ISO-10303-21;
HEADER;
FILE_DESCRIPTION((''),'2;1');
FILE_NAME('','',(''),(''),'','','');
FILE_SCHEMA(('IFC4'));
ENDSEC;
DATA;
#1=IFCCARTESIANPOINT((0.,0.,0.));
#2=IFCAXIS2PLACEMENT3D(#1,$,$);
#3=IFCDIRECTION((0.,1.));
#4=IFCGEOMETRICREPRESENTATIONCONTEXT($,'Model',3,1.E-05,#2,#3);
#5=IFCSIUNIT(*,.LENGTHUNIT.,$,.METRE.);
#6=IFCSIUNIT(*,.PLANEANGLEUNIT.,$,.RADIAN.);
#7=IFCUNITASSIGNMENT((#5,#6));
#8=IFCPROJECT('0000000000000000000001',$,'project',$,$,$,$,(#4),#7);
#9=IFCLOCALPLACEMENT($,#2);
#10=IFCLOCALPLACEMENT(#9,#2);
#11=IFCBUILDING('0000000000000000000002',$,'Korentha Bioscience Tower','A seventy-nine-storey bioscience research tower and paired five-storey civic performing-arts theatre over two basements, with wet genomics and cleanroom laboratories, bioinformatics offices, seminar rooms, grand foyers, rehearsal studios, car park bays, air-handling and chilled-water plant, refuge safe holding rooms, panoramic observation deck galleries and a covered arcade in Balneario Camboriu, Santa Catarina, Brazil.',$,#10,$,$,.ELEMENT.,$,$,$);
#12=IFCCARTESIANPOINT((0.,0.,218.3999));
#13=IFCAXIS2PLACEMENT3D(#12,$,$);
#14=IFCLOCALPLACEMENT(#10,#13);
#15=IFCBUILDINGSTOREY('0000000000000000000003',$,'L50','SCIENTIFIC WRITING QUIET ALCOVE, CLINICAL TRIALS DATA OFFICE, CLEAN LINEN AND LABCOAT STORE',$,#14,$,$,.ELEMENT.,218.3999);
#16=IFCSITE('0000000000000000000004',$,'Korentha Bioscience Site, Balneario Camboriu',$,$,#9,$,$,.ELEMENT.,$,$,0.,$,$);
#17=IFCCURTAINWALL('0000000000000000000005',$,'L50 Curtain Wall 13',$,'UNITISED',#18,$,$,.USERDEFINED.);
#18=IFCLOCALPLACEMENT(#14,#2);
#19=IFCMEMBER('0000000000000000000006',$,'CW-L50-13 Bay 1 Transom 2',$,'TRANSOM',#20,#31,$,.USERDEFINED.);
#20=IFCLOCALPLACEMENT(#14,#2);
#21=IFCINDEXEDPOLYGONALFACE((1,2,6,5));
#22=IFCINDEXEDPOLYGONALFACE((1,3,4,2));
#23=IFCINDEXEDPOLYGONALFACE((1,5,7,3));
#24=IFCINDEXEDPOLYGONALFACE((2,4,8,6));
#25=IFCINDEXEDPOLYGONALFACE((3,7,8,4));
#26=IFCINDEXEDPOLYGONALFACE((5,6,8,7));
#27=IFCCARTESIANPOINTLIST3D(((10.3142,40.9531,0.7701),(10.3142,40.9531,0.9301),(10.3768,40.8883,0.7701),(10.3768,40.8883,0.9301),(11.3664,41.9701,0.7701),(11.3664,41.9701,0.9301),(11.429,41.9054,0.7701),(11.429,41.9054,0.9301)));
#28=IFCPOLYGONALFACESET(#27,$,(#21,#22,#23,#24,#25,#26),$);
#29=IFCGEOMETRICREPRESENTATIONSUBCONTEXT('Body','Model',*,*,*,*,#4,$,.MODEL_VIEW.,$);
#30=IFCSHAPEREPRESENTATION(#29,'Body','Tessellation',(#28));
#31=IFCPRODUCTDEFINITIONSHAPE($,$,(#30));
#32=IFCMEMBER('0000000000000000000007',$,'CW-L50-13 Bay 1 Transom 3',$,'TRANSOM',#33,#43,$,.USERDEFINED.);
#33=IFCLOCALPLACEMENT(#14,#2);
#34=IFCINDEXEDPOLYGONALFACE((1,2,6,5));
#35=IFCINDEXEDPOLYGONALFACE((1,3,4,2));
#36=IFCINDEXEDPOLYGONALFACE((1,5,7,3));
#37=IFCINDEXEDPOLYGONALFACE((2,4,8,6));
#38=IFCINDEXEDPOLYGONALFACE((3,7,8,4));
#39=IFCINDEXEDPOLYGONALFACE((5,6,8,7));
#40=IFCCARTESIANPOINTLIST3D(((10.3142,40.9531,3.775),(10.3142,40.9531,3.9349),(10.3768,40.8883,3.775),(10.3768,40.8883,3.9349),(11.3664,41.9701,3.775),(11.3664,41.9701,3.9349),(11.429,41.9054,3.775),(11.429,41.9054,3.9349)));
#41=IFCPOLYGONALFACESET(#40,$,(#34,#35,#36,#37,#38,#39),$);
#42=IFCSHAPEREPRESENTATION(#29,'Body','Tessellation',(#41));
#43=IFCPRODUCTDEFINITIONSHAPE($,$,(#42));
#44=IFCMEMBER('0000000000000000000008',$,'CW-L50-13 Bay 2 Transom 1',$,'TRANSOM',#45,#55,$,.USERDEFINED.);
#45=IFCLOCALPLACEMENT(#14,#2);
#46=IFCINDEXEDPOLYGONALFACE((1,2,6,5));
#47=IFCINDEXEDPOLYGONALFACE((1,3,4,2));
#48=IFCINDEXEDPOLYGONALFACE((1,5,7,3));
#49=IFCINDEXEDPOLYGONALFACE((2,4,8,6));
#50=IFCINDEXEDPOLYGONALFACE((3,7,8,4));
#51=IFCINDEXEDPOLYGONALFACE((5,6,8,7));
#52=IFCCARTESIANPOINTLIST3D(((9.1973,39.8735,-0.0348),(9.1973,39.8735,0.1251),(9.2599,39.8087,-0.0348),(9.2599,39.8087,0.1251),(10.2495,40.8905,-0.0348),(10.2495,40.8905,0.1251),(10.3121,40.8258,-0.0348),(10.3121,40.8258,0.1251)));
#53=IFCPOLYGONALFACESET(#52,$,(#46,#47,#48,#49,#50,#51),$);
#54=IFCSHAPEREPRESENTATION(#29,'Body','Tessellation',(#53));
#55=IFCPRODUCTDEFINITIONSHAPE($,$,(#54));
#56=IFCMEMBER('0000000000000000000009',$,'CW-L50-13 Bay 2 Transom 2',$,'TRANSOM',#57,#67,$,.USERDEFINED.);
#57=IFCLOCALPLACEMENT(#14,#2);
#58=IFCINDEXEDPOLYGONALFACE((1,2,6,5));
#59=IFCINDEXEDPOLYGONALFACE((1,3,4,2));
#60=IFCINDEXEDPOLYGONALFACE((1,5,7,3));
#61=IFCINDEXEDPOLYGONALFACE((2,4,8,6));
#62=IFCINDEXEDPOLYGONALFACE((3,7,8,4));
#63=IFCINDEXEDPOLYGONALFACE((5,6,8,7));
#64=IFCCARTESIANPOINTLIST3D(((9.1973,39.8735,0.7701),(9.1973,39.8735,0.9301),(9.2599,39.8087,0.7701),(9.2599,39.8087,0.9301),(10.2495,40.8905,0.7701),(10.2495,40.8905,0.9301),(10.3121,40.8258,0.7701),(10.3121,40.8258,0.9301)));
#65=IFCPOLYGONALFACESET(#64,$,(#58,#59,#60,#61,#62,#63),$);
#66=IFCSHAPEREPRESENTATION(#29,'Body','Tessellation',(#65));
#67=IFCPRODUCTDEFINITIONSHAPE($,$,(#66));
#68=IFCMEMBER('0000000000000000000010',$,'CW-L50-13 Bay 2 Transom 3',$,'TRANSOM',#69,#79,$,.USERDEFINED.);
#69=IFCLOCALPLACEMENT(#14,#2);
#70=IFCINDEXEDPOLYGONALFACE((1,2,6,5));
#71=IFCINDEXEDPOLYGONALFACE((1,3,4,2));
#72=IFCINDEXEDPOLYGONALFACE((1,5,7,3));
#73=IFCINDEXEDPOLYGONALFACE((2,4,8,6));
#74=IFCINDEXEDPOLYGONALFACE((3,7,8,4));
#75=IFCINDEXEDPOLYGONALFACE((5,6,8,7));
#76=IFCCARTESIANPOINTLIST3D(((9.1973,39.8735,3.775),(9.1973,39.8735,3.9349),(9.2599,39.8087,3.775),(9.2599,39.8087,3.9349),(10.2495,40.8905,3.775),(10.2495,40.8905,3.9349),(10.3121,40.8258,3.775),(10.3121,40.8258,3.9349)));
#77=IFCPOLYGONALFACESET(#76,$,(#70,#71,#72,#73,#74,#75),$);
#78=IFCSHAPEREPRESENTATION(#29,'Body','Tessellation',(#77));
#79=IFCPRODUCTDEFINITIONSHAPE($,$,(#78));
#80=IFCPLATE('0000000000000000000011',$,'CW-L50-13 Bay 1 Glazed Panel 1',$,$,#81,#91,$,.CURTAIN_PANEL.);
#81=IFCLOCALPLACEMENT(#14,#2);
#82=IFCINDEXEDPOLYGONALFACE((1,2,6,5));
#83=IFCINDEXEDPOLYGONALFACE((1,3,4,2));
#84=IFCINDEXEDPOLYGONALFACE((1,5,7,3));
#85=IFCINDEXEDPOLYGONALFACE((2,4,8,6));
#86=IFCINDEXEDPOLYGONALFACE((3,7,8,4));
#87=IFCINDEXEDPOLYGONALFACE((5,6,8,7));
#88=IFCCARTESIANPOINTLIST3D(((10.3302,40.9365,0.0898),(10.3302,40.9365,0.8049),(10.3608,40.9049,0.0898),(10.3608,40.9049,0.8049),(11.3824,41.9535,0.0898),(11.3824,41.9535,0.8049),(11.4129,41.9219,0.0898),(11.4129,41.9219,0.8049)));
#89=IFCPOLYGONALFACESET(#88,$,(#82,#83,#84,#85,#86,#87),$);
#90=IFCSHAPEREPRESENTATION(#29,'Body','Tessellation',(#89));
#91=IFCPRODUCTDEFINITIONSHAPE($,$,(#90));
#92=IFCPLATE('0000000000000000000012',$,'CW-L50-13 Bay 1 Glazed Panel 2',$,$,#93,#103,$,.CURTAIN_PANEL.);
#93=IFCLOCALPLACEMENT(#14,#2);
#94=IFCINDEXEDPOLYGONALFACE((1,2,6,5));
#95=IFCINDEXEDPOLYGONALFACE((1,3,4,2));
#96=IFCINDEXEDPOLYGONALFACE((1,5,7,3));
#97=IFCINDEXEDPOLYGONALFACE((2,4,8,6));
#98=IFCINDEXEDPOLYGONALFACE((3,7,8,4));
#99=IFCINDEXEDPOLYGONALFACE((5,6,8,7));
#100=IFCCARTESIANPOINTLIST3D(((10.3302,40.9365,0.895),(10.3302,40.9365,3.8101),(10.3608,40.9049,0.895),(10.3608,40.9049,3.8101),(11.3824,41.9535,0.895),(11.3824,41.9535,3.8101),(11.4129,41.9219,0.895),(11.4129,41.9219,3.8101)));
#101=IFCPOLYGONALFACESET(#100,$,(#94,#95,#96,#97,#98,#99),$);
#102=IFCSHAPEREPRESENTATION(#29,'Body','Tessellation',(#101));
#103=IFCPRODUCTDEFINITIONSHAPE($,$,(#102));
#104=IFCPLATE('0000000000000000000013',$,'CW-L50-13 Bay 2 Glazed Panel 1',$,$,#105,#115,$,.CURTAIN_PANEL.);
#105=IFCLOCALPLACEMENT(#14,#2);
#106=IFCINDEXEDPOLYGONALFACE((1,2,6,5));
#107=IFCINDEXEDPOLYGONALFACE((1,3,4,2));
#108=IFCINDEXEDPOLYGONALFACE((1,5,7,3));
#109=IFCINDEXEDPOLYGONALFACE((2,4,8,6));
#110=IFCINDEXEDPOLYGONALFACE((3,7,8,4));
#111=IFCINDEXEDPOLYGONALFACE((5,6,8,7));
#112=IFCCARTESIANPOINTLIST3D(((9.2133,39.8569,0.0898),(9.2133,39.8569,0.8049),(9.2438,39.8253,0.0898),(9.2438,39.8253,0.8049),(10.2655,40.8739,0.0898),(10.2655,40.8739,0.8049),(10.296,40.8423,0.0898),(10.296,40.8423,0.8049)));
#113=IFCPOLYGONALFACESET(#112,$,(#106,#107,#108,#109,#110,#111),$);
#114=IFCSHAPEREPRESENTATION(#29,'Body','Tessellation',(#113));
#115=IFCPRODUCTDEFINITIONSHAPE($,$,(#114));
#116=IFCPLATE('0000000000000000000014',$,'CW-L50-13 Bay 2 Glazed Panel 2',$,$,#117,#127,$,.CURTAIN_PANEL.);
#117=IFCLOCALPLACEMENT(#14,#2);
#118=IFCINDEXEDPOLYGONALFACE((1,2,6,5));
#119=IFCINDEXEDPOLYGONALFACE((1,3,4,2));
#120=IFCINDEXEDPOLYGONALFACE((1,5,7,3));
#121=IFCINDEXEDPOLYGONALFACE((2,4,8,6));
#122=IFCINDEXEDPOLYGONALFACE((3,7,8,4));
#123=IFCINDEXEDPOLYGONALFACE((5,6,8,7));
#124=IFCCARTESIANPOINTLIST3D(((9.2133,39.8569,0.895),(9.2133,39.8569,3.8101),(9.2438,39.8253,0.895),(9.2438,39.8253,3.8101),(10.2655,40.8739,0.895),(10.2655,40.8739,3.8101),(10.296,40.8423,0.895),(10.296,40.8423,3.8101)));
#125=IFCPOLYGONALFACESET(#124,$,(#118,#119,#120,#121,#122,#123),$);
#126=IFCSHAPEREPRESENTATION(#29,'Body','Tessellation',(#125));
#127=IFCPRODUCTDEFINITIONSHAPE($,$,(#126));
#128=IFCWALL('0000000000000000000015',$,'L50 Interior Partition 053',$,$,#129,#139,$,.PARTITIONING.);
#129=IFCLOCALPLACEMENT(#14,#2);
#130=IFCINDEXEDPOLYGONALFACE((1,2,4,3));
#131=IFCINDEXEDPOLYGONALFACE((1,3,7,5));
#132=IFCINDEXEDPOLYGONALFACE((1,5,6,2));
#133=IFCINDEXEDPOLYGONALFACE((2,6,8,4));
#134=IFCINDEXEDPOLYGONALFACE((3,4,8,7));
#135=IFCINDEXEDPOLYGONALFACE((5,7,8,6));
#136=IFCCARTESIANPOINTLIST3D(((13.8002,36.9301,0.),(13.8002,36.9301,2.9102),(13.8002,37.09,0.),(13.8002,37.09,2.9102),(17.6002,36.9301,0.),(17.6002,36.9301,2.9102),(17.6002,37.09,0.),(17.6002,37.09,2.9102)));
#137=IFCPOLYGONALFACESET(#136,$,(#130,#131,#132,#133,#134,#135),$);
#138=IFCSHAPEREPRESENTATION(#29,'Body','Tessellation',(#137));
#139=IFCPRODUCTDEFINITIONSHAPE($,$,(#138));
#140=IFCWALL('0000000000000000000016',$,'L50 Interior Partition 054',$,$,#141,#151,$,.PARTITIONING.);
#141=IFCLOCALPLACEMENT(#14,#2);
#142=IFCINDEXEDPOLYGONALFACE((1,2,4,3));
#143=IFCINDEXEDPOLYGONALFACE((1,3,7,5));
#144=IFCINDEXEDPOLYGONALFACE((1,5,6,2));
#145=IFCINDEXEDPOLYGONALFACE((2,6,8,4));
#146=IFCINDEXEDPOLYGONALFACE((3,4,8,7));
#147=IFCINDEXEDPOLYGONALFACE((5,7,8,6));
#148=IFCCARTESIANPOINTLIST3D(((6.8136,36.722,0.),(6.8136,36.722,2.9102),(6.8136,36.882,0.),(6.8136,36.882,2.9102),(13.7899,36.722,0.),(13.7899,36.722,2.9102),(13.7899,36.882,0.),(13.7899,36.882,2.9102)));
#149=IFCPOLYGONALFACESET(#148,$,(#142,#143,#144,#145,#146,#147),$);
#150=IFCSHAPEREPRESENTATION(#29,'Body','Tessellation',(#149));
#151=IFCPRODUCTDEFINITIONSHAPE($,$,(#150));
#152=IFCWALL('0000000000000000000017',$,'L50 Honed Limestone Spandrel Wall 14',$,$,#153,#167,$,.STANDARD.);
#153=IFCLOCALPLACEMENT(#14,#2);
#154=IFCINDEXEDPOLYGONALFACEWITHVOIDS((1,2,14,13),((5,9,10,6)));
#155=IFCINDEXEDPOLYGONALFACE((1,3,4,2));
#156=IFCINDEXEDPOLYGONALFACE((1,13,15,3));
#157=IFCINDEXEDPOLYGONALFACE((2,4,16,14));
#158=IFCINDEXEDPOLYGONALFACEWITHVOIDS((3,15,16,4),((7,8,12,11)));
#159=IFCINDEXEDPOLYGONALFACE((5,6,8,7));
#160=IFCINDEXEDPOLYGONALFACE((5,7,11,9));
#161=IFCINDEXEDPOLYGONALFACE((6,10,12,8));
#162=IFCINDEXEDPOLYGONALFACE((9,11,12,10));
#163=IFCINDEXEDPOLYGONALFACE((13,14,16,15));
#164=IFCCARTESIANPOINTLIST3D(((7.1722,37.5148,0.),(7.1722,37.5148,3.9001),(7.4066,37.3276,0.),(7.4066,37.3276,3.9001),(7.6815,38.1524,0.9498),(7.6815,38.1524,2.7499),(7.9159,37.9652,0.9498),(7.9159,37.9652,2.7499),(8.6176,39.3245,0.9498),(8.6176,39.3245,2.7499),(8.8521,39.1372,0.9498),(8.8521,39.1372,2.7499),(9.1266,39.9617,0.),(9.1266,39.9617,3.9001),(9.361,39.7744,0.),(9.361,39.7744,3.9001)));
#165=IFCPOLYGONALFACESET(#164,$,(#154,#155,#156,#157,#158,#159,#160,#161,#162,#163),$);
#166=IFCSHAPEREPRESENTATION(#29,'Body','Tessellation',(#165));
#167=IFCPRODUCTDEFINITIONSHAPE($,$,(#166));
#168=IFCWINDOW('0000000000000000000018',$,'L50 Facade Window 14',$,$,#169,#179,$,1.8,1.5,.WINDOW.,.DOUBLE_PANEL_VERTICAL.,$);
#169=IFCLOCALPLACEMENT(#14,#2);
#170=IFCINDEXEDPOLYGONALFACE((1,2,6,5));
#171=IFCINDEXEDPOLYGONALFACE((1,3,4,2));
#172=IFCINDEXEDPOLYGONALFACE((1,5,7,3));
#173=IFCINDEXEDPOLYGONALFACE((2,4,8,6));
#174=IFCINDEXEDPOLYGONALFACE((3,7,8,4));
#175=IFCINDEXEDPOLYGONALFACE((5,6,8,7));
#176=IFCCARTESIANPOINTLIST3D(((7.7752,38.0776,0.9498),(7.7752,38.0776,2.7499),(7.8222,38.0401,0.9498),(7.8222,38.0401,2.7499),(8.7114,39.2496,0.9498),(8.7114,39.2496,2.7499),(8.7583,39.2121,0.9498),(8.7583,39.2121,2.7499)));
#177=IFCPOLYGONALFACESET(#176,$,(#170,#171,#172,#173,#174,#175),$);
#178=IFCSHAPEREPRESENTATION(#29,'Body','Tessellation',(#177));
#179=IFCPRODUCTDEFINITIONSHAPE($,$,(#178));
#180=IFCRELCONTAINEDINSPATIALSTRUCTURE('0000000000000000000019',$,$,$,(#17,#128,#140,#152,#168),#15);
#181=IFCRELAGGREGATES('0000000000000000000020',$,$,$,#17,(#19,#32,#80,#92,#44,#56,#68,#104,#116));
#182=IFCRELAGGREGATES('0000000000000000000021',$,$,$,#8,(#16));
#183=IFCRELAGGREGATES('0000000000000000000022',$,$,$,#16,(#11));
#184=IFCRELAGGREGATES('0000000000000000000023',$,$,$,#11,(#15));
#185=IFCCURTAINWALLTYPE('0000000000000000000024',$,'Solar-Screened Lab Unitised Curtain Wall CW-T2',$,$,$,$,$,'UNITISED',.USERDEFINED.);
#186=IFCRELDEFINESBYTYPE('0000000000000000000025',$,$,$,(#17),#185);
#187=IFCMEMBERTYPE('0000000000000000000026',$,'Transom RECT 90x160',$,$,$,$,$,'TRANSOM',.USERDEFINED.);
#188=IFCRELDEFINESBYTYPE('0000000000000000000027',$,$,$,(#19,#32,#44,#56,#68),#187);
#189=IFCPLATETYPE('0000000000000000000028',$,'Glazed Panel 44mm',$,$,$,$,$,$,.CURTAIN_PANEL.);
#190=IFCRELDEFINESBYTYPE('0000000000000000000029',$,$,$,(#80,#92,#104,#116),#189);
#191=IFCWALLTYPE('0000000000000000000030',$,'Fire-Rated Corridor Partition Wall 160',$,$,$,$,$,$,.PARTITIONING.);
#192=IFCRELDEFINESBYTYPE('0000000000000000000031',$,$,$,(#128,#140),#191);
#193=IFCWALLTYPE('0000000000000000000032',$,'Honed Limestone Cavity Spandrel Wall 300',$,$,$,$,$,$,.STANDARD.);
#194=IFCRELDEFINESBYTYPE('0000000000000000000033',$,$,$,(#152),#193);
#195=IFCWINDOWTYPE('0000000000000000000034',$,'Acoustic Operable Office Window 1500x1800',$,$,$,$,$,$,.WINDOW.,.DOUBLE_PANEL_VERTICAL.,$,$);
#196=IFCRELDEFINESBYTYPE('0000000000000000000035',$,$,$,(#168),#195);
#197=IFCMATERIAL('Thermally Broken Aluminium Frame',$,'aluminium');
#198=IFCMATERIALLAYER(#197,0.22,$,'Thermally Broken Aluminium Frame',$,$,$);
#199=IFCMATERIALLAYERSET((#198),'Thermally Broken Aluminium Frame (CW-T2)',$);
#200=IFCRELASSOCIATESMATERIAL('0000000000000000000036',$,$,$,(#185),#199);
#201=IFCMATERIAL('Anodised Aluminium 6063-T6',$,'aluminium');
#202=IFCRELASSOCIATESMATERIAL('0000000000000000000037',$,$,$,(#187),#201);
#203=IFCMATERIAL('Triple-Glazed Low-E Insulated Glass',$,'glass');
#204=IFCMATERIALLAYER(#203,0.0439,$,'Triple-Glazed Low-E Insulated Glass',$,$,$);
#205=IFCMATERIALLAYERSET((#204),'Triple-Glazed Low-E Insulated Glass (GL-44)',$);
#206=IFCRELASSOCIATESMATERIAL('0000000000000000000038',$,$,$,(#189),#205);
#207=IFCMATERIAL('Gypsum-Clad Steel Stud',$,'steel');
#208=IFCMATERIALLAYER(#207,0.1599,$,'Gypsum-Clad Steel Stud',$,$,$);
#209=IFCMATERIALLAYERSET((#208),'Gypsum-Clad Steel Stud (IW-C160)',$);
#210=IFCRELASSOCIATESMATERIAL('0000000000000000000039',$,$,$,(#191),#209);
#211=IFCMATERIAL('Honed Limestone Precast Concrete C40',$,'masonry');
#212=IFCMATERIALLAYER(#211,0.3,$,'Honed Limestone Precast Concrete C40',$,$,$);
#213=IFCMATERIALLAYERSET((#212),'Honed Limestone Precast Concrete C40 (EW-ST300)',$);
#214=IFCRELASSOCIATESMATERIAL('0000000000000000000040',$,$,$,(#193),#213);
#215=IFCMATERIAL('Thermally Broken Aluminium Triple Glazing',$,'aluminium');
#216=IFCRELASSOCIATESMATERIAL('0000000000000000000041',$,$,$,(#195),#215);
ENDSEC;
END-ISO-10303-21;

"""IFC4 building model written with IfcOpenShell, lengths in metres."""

from ifc_helpers import new_model, si_unit, direction, frame, frame_2d, origin, origin_2d, place, context, subcontext, project, spatial, rectangle, extrude, material, layer, layer_set, material_profile, profile_set, type_object, element, fill, aggregate, save


model = new_model("IFC4")

# Units and contexts
model_context = context("Model", 3, precision=1e-05, world=origin(), true_north=direction((0.0, 1.0)))
body_context = subcontext(model_context, "Body", "Model", "MODEL_VIEW")
ifc_project = project(units=[si_unit("LENGTHUNIT", "METRE"), si_unit("PLANEANGLEUNIT", "RADIAN")], contexts=[model_context])

# Site, building, storey
site_placement = place(None, origin())
site = spatial("IfcSite", under=ifc_project, at=site_placement, Name="Korentha Bioscience Site, Balneario Camboriu", CompositionType="ELEMENT", RefElevation=0.0)
building_placement = place(site_placement, origin())
building = spatial("IfcBuilding", under=site, at=building_placement, Name="Korentha Bioscience Tower", Description="A seventy-nine-storey bioscience research tower and paired five-storey civic performing-arts theatre over two basements, with wet genomics and cleanroom laboratories, bioinformatics offices, seminar rooms, grand foyers, rehearsal studios, car park bays, air-handling and chilled-water plant, refuge safe holding rooms, panoramic observation deck galleries and a covered arcade in Balneario Camboriu, Santa Catarina, Brazil.", CompositionType="ELEMENT")
storey_placement = place(building_placement, frame((0.0, 0.0, 218.3999)))
storey = spatial("IfcBuildingStorey", under=building, at=storey_placement, Name="L50", Description="SCIENTIFIC WRITING QUIET ALCOVE, CLINICAL TRIALS DATA OFFICE, CLEAN LINEN AND LABCOAT STORE", CompositionType="ELEMENT", Elevation=218.3999)

# Curtain wall
ifc_material_1 = material(Name="Thermally Broken Aluminium Frame", Category="aluminium")
ifc_layer_1 = layer(ifc_material_1, 0.22, Name="Thermally Broken Aluminium Frame")
ifc_layer_set_1 = layer_set([ifc_layer_1], Name="Thermally Broken Aluminium Frame (CW-T2)")
curtain_wall_type = type_object("IfcCurtainWallType", Name="Solar-Screened Lab Unitised Curtain Wall CW-T2", ElementType="UNITISED", PredefinedType="USERDEFINED", material=ifc_layer_set_1)
curtain_wall_placement = place(storey_placement, origin())
curtain_wall = element("IfcCurtainWall", 1, at=curtain_wall_placement, inside=storey, type_object=curtain_wall_type, Name="L50 Curtain Wall 13", ObjectType="UNITISED", PredefinedType="USERDEFINED")
ifc_material_2 = material(Name="Anodised Aluminium 6063-T6", Category="aluminium")

# Members
ifc_material_profile_1 = material_profile(ifc_material_2, rectangle(XDim=0.0901, YDim=0.1599, at=origin_2d()), Name="Anodised Aluminium 6063-T6")
ifc_profile_set_1 = profile_set([ifc_material_profile_1], Name="Anodised Aluminium 6063-T6 (CW-TRN)")
member_type_1 = type_object("IfcMemberType", Name="Transom RECT 90x160", ElementType="TRANSOM", PredefinedType="USERDEFINED", material=ifc_profile_set_1)
member_1_placement = place(storey_placement, frame((11.3977, 41.9377, 0.8501), z_axis=(-0.719016, -0.694993, 0.0), x_axis=(0.694993, -0.719016, 0.0)))
member_1 = element("IfcMember", 2, at=member_1_placement, type_object=member_type_1, Name="CW-L50-13 Bay 1 Transom 2", ObjectType="TRANSOM", PredefinedType="USERDEFINED", context=body_context, shape_type="SweptSolid", body=[
    extrude(rectangle(XDim=0.0901, YDim=0.1599, at=origin_2d()), origin(), (0.0, 0.0, 1.0), 1.4634),
])
member_2_placement = place(storey_placement, frame((11.3977, 41.9377, 3.855), z_axis=(-0.719016, -0.694993, 0.0), x_axis=(0.694993, -0.719016, 0.0)))
member_2 = element("IfcMember", 3, at=member_2_placement, type_object=member_type_1, Name="CW-L50-13 Bay 1 Transom 3", ObjectType="TRANSOM", PredefinedType="USERDEFINED", context=body_context, shape_type="SweptSolid", body=[
    extrude(rectangle(XDim=0.0901, YDim=0.1599, at=origin_2d()), origin(), (0.0, 0.0, 1.0), 1.4634),
])
member_3_placement = place(storey_placement, frame((10.2808, 40.8582, 0.0452), z_axis=(-0.719016, -0.694993, 0.0), x_axis=(0.694993, -0.719016, 0.0)))
member_3 = element("IfcMember", 4, at=member_3_placement, type_object=member_type_1, Name="CW-L50-13 Bay 2 Transom 1", ObjectType="TRANSOM", PredefinedType="USERDEFINED", context=body_context, shape_type="SweptSolid", body=[
    extrude(rectangle(XDim=0.0901, YDim=0.1599, at=origin_2d()), origin(), (0.0, 0.0, 1.0), 1.4634),
])
member_4_placement = place(storey_placement, frame((10.2808, 40.8582, 0.8501), z_axis=(-0.719016, -0.694993, 0.0), x_axis=(0.694993, -0.719016, 0.0)))
member_4 = element("IfcMember", 5, at=member_4_placement, type_object=member_type_1, Name="CW-L50-13 Bay 2 Transom 2", ObjectType="TRANSOM", PredefinedType="USERDEFINED", context=body_context, shape_type="SweptSolid", body=[
    extrude(rectangle(XDim=0.0901, YDim=0.1599, at=origin_2d()), origin(), (0.0, 0.0, 1.0), 1.4634),
])
member_5_placement = place(storey_placement, frame((10.2808, 40.8582, 3.855), z_axis=(-0.719016, -0.694993, 0.0), x_axis=(0.694993, -0.719016, 0.0)))
member_5 = element("IfcMember", 6, at=member_5_placement, type_object=member_type_1, Name="CW-L50-13 Bay 2 Transom 3", ObjectType="TRANSOM", PredefinedType="USERDEFINED", context=body_context, shape_type="SweptSolid", body=[
    extrude(rectangle(XDim=0.0901, YDim=0.1599, at=origin_2d()), origin(), (0.0, 0.0, 1.0), 1.4634),
])

# Plates
ifc_material_3 = material(Name="Triple-Glazed Low-E Insulated Glass", Category="glass")
ifc_layer_2 = layer(ifc_material_3, 0.0439, Name="Triple-Glazed Low-E Insulated Glass")
ifc_layer_set_2 = layer_set([ifc_layer_2], Name="Triple-Glazed Low-E Insulated Glass (GL-44)")
plate_type = type_object("IfcPlateType", Name="Glazed Panel 44mm", PredefinedType="CURTAIN_PANEL", material=ifc_layer_set_2)
plate_1_placement = place(storey_placement, frame((10.8716, 41.4292, 0.0898), z_axis=(0.0, 0.0, 1.0), x_axis=(-0.719, -0.69501, 0.0)))
plate_1 = element("IfcPlate", 7, at=plate_1_placement, type_object=plate_type, Name="CW-L50-13 Bay 1 Glazed Panel 1", PredefinedType="CURTAIN_PANEL", context=body_context, shape_type="SweptSolid", body=[
    extrude(rectangle(XDim=1.4634, YDim=0.0439, at=origin_2d()), origin(), (0.0, 0.0, 1.0), 0.7151),
])
plate_2_placement = place(storey_placement, frame((10.8716, 41.4292, 0.895), z_axis=(0.0, 0.0, 1.0), x_axis=(-0.719, -0.69501, 0.0)))
plate_2 = element("IfcPlate", 8, at=plate_2_placement, type_object=plate_type, Name="CW-L50-13 Bay 1 Glazed Panel 2", PredefinedType="CURTAIN_PANEL", context=body_context, shape_type="SweptSolid", body=[
    extrude(rectangle(XDim=1.4634, YDim=0.0439, at=origin_2d()), origin(), (0.0, 0.0, 1.0), 2.915),
])
plate_3_placement = place(storey_placement, frame((9.7546, 40.3496, 0.0898), z_axis=(0.0, 0.0, 1.0), x_axis=(-0.719, -0.69501, 0.0)))
plate_3 = element("IfcPlate", 9, at=plate_3_placement, type_object=plate_type, Name="CW-L50-13 Bay 2 Glazed Panel 1", PredefinedType="CURTAIN_PANEL", context=body_context, shape_type="SweptSolid", body=[
    extrude(rectangle(XDim=1.4634, YDim=0.0439, at=origin_2d()), origin(), (0.0, 0.0, 1.0), 0.7151),
])
plate_4_placement = place(storey_placement, frame((9.7546, 40.3496, 0.895), z_axis=(0.0, 0.0, 1.0), x_axis=(-0.719, -0.69501, 0.0)))
plate_4 = element("IfcPlate", 10, at=plate_4_placement, type_object=plate_type, Name="CW-L50-13 Bay 2 Glazed Panel 2", PredefinedType="CURTAIN_PANEL", context=body_context, shape_type="SweptSolid", body=[
    extrude(rectangle(XDim=1.4634, YDim=0.0439, at=origin_2d()), origin(), (0.0, 0.0, 1.0), 2.915),
])
aggregate(curtain_wall, [member_1, member_2, plate_1, plate_2, member_3, member_4, member_5, plate_3, plate_4])

# Walls
ifc_material_4 = material(Name="Gypsum-Clad Steel Stud", Category="steel")
ifc_layer_3 = layer(ifc_material_4, 0.1599, Name="Gypsum-Clad Steel Stud")
ifc_layer_set_3 = layer_set([ifc_layer_3], Name="Gypsum-Clad Steel Stud (IW-C160)")
wall_type_1 = type_object("IfcWallType", Name="Fire-Rated Corridor Partition Wall 160", PredefinedType="PARTITIONING", material=ifc_layer_set_3)
wall_1_placement = place(storey_placement, frame((17.6001, 37.01, 0.0), z_axis=(0.0, 0.0, 1.0), x_axis=(-1.0, 0.0, 0.0)))
element("IfcWall", 11, at=wall_1_placement, inside=storey, type_object=wall_type_1, Name="L50 Interior Partition 053", PredefinedType="PARTITIONING", context=body_context, shape_type="SweptSolid", body=[
    extrude(rectangle(XDim=3.8, YDim=0.1599, at=frame_2d((1.8999, 0.0))), origin(), (0.0, 0.0, 1.0), 2.9102),
])
wall_2_placement = place(storey_placement, frame((13.79, 36.802, 0.0), z_axis=(0.0, 0.0, 1.0), x_axis=(-1.0, 0.0, 0.0)))
element("IfcWall", 12, at=wall_2_placement, inside=storey, type_object=wall_type_1, Name="L50 Interior Partition 054", PredefinedType="PARTITIONING", context=body_context, shape_type="SweptSolid", body=[
    extrude(rectangle(XDim=6.9763, YDim=0.1599, at=frame_2d((3.4883, 0.0))), origin(), (0.0, 0.0, 1.0), 2.9102),
])

# Wall, opening, window
ifc_material_5 = material(Name="Honed Limestone Precast Concrete C40", Category="masonry")
ifc_layer_4 = layer(ifc_material_5, 0.3, Name="Honed Limestone Precast Concrete C40")
ifc_layer_set_4 = layer_set([ifc_layer_4], Name="Honed Limestone Precast Concrete C40 (EW-ST300)")
wall_type_2 = type_object("IfcWallType", Name="Honed Limestone Cavity Spandrel Wall 300", PredefinedType="STANDARD", material=ifc_layer_set_4)
wall_3_placement = place(storey_placement, frame((9.2439, 39.8682, 0.0), z_axis=(0.0, 0.0, 1.0), x_axis=(-0.624096, -0.781348, 0.0)))
wall_3 = element("IfcWall", 13, at=wall_3_placement, inside=storey, type_object=wall_type_2, Name="L50 Honed Limestone Spandrel Wall 14", PredefinedType="STANDARD", context=body_context, shape_type="SweptSolid", body=[
    extrude(rectangle(XDim=3.1316, YDim=0.3, at=frame_2d((1.5659, 0.0))), origin(), (0.0, 0.0, 1.0), 3.9001),
])
opening_1_placement = place(wall_3_placement, frame((0.8157, 0.0, 0.95)))
opening_1 = element("IfcOpeningElement", 14, at=opening_1_placement, cuts=wall_3, PredefinedType="OPENING", context=body_context, shape_type="SweptSolid", body=[
    extrude(rectangle(XDim=1.5, YDim=1.8, at=frame_2d((0.75, 0.8999))), frame((0.0, 0.165, 0.0), z_axis=(0.0, -1.0, 0.0), x_axis=(1.0, 0.0, 0.0)), (0.0, 0.0, 1.0), 0.3298),
])
ifc_material_6 = material(Name="Thermally Broken Aluminium Triple Glazing", Category="aluminium")
window_type = type_object("IfcWindowType", Name="Acoustic Operable Office Window 1500x1800", PartitioningType="DOUBLE_PANEL_VERTICAL", PredefinedType="WINDOW", material=ifc_material_6)
window_placement = place(opening_1_placement, origin())
window = element("IfcWindow", 15, at=window_placement, inside=storey, type_object=window_type, Name="L50 Facade Window 14", OverallHeight=1.8, OverallWidth=1.5, PartitioningType="DOUBLE_PANEL_VERTICAL", PredefinedType="WINDOW", context=body_context, shape_type="SweptSolid", body=[
    extrude(rectangle(XDim=1.5, YDim=1.8, at=frame_2d((0.75, 0.8999))), frame((0.0, 0.03, 0.0), z_axis=(0.0, -1.0, 0.0), x_axis=(1.0, 0.0, 0.0)), (0.0, 0.0, 1.0), 0.0601),
])
fill(opening_1, window)

save(model, "model.ifc")
